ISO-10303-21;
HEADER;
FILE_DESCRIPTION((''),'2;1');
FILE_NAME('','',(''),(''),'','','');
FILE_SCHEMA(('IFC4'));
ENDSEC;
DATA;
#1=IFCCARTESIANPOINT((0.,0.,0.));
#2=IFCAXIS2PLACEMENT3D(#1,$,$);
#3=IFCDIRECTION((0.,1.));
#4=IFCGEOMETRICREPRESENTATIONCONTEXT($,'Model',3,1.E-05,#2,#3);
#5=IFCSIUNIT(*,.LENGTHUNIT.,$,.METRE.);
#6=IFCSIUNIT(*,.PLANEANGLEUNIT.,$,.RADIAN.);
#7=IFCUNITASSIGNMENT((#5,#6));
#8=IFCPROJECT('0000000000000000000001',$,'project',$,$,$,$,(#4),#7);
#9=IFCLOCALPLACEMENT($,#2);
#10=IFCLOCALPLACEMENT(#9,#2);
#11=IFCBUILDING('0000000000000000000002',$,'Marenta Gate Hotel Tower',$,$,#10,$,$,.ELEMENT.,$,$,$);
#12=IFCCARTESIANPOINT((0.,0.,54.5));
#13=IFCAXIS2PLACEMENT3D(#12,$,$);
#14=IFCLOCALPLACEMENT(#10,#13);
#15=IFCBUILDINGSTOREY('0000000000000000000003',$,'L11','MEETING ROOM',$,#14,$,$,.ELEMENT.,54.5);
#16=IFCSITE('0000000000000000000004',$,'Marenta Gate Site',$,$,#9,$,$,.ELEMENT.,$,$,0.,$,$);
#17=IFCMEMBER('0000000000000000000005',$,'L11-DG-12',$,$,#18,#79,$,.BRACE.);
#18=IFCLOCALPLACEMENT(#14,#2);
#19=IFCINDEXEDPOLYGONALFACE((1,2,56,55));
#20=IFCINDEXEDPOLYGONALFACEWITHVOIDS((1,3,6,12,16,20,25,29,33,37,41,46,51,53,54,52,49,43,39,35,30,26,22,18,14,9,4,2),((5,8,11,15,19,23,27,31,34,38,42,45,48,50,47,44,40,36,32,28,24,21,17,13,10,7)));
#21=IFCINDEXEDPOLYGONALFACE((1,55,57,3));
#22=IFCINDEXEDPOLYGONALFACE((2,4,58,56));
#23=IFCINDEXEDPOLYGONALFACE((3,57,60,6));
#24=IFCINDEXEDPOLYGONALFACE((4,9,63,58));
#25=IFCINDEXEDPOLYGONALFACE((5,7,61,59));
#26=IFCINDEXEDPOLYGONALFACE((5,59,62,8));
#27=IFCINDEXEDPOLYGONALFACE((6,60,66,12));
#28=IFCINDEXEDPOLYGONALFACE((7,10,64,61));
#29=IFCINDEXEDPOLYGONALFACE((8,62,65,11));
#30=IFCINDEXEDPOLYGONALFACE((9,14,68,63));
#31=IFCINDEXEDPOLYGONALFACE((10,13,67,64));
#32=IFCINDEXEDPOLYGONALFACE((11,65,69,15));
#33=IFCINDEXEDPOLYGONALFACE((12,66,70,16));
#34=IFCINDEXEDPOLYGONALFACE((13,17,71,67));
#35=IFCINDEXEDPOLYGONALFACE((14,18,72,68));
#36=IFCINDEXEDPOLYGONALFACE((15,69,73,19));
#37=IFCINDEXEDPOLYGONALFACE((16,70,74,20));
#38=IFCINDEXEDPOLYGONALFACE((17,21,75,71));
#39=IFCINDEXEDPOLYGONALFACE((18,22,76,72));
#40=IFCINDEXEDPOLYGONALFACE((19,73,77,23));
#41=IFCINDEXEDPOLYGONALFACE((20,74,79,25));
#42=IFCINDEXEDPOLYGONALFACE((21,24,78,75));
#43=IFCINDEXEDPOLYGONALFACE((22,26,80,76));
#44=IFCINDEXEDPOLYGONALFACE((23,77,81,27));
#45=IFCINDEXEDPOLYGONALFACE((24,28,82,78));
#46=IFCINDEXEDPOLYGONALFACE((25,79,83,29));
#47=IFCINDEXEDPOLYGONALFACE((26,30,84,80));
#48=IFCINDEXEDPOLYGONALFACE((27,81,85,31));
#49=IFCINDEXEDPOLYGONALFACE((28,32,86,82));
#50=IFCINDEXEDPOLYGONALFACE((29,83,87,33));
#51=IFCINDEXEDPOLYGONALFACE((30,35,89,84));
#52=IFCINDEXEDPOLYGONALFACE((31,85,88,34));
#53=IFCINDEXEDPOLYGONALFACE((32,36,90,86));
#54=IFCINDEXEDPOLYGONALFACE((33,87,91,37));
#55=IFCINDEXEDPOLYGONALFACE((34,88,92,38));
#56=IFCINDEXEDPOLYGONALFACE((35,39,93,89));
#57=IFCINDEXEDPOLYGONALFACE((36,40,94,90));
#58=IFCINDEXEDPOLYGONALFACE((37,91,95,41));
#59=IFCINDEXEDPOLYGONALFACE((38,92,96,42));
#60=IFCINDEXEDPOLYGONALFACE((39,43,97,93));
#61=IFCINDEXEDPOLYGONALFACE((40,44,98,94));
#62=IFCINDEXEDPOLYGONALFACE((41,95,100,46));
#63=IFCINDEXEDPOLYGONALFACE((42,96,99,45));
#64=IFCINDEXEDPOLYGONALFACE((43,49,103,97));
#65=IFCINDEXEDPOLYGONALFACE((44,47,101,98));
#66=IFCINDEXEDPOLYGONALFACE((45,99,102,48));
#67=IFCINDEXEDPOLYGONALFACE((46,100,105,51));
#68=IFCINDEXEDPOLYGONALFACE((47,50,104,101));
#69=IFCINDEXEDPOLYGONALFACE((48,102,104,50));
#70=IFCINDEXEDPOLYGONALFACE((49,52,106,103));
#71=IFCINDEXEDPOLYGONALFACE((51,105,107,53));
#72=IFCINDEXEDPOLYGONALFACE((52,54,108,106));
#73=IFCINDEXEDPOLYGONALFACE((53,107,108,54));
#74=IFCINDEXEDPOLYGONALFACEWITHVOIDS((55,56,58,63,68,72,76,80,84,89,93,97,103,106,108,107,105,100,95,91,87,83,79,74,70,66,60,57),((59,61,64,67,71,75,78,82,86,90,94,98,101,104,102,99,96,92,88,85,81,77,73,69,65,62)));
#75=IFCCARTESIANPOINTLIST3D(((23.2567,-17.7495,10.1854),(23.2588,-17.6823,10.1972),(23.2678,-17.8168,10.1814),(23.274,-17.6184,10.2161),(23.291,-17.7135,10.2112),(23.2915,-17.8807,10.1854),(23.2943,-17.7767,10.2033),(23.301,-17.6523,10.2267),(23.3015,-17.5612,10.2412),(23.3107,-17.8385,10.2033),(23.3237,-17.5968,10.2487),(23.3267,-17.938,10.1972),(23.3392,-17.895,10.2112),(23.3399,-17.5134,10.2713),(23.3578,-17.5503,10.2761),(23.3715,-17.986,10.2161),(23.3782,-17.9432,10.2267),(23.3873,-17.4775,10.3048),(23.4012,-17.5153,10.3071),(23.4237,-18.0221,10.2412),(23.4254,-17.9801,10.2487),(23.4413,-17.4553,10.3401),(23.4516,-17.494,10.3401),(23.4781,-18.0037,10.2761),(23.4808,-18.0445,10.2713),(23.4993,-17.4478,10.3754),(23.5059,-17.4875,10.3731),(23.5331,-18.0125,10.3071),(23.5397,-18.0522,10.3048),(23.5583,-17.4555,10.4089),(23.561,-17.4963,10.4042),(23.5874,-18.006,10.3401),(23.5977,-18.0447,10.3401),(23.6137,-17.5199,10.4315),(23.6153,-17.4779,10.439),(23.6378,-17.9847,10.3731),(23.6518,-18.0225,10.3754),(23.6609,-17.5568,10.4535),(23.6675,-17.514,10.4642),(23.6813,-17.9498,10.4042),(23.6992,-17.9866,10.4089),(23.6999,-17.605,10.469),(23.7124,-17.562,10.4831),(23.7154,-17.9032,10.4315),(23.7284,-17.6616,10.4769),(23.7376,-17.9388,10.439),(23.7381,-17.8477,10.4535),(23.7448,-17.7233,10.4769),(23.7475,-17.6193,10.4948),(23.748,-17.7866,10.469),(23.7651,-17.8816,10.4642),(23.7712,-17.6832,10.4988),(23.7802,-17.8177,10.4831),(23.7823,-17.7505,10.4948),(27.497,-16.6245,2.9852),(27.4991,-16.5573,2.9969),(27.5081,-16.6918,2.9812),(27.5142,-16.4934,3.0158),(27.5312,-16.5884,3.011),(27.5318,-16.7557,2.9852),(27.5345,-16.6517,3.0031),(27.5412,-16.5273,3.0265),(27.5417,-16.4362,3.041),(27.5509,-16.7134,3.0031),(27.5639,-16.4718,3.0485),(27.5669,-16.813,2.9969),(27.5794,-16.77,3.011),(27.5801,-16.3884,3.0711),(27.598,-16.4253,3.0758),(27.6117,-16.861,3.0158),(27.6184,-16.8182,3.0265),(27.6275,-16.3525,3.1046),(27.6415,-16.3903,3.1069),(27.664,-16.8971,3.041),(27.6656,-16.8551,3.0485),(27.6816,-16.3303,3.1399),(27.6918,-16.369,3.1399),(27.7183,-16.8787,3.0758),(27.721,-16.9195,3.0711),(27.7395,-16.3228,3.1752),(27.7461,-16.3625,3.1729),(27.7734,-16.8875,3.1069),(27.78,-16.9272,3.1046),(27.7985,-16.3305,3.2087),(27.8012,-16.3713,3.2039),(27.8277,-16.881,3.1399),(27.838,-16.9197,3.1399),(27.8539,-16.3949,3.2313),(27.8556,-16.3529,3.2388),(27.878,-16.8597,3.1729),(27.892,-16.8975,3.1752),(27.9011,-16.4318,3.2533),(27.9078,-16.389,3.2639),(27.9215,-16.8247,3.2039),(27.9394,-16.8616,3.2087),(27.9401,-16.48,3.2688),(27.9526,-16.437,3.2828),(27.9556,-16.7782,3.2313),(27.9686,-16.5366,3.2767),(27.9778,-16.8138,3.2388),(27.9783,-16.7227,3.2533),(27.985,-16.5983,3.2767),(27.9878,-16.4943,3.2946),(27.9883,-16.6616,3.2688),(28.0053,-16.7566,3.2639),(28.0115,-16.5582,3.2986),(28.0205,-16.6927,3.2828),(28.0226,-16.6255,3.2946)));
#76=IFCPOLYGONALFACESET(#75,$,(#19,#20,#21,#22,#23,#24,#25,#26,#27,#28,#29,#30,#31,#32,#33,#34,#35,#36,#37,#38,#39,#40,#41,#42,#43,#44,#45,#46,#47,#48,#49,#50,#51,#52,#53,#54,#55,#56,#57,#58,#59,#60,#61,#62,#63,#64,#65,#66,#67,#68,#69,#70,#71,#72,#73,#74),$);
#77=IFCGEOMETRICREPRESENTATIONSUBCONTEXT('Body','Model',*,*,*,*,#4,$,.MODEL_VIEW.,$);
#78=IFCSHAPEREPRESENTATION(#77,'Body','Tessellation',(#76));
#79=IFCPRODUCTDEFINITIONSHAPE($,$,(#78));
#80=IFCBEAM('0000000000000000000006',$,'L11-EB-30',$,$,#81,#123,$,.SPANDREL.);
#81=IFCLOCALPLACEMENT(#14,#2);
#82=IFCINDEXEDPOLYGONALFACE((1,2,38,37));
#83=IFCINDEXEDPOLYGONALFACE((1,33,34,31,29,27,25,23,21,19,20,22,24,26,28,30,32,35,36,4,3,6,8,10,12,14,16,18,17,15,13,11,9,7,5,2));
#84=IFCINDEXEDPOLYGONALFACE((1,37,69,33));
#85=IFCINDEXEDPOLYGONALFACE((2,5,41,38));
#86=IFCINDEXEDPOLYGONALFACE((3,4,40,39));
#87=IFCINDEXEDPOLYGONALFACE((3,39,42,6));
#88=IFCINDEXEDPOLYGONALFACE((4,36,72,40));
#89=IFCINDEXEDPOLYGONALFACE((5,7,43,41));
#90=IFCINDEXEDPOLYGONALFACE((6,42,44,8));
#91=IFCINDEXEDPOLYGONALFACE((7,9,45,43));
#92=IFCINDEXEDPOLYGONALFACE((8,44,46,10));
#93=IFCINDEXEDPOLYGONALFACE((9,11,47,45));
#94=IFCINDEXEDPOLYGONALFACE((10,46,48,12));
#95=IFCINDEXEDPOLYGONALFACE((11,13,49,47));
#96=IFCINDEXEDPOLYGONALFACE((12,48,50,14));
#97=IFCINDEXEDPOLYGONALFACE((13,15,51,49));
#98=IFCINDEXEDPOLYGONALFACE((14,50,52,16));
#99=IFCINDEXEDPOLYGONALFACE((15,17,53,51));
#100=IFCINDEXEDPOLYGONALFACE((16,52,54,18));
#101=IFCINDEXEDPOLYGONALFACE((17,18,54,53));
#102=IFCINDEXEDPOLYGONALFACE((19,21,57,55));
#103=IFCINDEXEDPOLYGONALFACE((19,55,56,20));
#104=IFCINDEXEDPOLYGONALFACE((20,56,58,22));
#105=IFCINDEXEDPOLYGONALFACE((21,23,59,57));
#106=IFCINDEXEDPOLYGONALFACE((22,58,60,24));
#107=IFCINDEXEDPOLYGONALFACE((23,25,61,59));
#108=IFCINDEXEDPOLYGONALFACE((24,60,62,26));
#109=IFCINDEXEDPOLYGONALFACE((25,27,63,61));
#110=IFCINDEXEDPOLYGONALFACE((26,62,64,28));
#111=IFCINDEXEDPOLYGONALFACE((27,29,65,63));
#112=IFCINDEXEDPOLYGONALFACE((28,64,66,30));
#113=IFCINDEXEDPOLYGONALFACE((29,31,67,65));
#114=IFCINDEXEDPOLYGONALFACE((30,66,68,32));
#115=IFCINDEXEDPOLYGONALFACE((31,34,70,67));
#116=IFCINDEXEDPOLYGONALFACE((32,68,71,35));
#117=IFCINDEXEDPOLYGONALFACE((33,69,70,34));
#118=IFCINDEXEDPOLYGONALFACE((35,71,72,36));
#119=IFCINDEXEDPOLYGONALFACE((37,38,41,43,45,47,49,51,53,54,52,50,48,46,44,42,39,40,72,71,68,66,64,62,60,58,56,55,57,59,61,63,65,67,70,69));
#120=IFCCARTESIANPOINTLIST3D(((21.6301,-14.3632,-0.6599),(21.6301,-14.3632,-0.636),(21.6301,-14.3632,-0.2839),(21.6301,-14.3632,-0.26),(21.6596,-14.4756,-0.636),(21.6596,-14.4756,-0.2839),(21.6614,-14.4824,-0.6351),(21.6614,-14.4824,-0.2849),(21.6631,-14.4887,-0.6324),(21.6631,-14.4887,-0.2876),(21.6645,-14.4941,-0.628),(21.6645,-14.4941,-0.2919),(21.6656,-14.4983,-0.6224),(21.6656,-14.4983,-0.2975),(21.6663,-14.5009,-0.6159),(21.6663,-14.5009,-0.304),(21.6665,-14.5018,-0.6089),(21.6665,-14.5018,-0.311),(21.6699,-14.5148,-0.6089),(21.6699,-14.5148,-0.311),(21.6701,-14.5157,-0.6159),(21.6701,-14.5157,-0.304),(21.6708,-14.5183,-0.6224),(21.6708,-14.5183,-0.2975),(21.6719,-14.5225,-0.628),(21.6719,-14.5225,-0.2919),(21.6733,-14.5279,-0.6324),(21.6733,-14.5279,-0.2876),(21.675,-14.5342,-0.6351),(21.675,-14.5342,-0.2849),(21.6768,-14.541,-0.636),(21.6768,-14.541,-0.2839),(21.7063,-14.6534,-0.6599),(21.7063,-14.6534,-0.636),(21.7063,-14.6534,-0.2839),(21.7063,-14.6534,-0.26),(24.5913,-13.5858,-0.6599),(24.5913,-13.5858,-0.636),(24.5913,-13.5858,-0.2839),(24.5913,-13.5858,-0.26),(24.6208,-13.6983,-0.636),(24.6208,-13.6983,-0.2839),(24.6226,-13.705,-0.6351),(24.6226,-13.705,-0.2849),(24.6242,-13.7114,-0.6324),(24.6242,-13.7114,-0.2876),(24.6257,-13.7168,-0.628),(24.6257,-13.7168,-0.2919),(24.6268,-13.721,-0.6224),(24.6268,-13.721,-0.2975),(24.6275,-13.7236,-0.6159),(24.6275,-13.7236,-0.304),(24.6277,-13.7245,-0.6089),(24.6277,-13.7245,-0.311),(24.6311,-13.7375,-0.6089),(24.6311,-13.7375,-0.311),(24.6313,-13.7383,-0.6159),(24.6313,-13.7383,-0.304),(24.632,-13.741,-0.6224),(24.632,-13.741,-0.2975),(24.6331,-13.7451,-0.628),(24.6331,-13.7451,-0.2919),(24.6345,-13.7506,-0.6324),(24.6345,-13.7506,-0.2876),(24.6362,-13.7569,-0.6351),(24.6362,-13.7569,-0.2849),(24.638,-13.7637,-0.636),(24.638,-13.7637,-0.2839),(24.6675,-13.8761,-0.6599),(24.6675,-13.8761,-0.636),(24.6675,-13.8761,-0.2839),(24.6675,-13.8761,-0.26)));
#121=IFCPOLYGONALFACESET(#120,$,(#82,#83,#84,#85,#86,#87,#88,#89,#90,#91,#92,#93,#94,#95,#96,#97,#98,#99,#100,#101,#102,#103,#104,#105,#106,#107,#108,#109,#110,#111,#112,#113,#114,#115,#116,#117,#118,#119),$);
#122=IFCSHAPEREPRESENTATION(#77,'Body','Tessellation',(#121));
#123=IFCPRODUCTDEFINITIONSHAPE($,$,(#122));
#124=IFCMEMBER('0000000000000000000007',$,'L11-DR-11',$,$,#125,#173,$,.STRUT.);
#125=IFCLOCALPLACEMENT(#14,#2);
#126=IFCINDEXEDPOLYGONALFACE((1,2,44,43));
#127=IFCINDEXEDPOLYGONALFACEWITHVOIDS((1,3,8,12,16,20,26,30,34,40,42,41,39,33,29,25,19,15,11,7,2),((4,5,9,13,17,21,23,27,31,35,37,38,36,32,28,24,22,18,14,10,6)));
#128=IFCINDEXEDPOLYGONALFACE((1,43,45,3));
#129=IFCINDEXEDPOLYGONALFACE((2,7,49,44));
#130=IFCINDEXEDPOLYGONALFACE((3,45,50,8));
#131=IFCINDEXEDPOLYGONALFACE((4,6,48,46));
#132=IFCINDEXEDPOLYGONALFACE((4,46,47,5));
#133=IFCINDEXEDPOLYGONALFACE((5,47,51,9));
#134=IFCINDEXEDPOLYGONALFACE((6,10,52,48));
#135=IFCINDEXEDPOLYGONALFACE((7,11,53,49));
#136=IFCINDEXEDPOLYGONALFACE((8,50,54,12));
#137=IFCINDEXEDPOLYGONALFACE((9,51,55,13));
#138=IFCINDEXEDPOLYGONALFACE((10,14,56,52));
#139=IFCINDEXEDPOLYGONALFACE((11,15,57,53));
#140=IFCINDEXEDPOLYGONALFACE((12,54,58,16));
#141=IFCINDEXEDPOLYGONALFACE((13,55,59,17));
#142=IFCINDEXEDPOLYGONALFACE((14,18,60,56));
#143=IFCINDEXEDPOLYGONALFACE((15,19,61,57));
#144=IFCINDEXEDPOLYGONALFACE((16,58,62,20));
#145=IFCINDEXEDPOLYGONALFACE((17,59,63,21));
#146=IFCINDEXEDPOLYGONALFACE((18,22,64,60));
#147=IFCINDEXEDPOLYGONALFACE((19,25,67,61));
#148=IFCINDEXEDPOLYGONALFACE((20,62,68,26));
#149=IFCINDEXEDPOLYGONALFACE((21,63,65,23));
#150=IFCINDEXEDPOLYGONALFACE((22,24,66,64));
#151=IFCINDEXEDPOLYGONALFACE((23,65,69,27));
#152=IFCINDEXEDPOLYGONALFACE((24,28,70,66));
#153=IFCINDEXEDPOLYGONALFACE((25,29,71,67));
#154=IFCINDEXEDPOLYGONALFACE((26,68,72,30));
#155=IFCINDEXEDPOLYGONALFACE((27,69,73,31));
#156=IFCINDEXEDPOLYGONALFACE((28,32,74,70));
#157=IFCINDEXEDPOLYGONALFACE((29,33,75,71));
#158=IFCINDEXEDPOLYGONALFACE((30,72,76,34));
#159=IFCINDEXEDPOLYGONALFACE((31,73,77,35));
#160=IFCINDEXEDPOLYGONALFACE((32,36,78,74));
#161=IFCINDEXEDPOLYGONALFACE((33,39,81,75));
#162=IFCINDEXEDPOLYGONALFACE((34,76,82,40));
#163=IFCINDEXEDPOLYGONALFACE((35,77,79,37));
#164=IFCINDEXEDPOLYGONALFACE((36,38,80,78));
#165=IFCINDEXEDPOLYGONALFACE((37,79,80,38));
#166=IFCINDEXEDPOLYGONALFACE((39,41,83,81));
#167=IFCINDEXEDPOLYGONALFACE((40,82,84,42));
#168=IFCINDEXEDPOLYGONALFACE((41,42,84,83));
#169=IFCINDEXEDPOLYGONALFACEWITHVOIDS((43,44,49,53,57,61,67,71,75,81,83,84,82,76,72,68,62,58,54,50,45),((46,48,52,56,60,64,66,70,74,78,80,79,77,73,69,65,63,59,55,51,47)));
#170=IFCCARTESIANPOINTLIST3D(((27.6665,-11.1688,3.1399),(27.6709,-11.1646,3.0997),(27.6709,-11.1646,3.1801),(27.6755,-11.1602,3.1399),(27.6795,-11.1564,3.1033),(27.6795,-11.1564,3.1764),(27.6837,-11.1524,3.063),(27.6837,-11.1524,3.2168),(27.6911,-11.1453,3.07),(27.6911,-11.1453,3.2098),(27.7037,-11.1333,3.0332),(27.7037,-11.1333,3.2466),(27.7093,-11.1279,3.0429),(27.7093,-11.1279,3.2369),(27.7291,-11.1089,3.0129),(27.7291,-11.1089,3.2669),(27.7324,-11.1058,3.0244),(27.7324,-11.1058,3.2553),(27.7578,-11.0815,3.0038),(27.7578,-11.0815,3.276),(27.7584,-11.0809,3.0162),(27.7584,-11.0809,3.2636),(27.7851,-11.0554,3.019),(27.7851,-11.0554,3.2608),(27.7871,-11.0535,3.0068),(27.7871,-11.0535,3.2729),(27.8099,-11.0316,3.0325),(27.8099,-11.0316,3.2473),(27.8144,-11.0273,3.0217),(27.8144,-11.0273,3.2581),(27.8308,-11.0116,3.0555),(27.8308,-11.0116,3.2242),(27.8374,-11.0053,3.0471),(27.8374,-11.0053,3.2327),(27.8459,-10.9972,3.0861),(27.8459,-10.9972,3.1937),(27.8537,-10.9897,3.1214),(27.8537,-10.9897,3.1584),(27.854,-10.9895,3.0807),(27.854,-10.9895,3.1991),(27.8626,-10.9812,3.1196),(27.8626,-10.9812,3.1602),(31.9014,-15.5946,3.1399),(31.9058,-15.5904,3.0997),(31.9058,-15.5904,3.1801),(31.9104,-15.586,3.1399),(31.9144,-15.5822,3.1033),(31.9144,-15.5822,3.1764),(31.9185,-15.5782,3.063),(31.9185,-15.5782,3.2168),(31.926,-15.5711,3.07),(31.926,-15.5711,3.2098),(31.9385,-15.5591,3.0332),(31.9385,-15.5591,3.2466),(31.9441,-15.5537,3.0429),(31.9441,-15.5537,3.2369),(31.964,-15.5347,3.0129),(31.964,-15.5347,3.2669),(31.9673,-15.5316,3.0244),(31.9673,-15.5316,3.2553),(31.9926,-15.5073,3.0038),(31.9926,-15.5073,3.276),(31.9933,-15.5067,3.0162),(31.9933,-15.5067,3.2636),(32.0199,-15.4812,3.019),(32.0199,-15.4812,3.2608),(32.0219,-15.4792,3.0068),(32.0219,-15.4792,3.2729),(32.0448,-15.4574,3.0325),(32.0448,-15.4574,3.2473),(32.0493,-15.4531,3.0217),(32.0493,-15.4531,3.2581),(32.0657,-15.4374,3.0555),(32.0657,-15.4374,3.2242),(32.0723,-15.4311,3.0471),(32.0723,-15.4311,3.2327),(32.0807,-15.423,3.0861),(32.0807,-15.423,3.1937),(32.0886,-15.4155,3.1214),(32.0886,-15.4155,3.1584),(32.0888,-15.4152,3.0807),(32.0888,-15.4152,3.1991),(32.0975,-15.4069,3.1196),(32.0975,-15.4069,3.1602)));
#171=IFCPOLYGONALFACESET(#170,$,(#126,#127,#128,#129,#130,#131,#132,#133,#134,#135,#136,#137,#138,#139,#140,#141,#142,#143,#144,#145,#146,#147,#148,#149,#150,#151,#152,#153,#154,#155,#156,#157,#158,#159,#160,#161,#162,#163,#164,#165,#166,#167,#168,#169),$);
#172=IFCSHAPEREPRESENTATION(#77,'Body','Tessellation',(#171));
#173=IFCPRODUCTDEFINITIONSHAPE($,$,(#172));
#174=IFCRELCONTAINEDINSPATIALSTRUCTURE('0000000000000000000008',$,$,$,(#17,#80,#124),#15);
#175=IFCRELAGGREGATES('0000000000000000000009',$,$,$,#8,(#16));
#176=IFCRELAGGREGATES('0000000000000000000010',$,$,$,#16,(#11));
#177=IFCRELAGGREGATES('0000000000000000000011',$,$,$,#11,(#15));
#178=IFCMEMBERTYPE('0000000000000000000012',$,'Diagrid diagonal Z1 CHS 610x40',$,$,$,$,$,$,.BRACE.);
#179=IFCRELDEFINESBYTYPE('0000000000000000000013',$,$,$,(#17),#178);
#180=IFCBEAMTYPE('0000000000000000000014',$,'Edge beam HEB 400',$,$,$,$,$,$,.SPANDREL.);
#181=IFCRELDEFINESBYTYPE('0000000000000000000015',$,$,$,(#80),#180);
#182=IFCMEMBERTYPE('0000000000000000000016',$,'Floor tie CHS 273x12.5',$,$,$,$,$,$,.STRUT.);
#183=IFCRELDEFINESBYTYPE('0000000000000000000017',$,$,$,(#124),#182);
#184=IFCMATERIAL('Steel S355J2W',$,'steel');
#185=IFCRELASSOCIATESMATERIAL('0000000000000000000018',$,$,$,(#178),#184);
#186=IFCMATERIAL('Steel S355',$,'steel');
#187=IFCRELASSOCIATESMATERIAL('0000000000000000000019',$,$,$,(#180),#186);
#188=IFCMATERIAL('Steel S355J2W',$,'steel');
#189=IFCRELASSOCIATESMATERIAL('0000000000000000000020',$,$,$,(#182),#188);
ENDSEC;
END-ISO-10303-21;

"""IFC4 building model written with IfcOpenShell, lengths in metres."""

from ifc_helpers import new_model, si_unit, direction, frame, origin, origin_2d, place, context, subcontext, project, spatial, hollow_circle, i_section, extrude, material, material_profile, profile_set, type_object, element, save


model = new_model("IFC4")

# Units and contexts
model_context = context("Model", 3, precision=1e-05, world=origin(), true_north=direction((0.0, 1.0)))
body_context = subcontext(model_context, "Body", "Model", "MODEL_VIEW")
ifc_project = project(units=[si_unit("LENGTHUNIT", "METRE"), si_unit("PLANEANGLEUNIT", "RADIAN")], contexts=[model_context])

# Site, building, storey
site_placement = place(None, origin())
site = spatial("IfcSite", under=ifc_project, at=site_placement, Name="Marenta Gate Site", CompositionType="ELEMENT", RefElevation=0.0)
building_placement = place(site_placement, origin())
building = spatial("IfcBuilding", under=site, at=building_placement, Name="Marenta Gate Hotel Tower", CompositionType="ELEMENT")
storey_placement = place(building_placement, frame((0.0, 0.0, 54.5)))
storey = spatial("IfcBuildingStorey", under=building, at=storey_placement, Name="L11", Description="MEETING ROOM", CompositionType="ELEMENT", Elevation=54.5)

# Member
ifc_material_1 = material(Name="Steel S355J2W", Category="steel")
ifc_material_profile_1 = material_profile(ifc_material_1, hollow_circle(Radius=0.3049, WallThickness=0.04, at=origin_2d()), Name="CHS 610x40")
ifc_profile_set_1 = profile_set([ifc_material_profile_1], Name="Steel S355J2W")
member_type_1 = type_object("IfcMemberType", Name="Diagrid diagonal Z1 CHS 610x40", PredefinedType="BRACE", material=ifc_profile_set_1)
for number, where, z_axis, x_axis, name in (
    (1, (27.7598, -16.625, 3.1399), (-0.502912, -0.13343, 0.853977), (0.256443, -0.966559, 0.0), "L11-DG-12"),
):
    element("IfcMember", number, at=place(storey_placement, frame(where, z_axis=z_axis, x_axis=x_axis)), inside=storey, type_object=member_type_1, Name=name, PredefinedType="BRACE", context=body_context, shape_type="SweptSolid", body=[
        extrude(hollow_circle(Radius=0.3049, WallThickness=0.04, at=origin_2d()), origin(), (0.0, 0.0, 1.0), 8.4314),
    ])

# Beam
ifc_material_2 = material(Name="Steel S355", Category="steel")
ifc_material_profile_2 = material_profile(ifc_material_2, i_section(OverallWidth=0.3, OverallDepth=0.3999, WebThickness=0.0134, FlangeThickness=0.0239, FilletRadius=0.0271, at=origin_2d()), Name="HEB 400")
ifc_profile_set_2 = profile_set([ifc_material_profile_2], Name="Steel S355")
beam_type = type_object("IfcBeamType", Name="Edge beam HEB 400", PredefinedType="SPANDREL", material=ifc_profile_set_2)
beam_placement = place(storey_placement, frame((24.6294, -13.731, -0.46), z_axis=(-0.967228, -0.253908, 0.0), x_axis=(0.253908, -0.967228, 0.0)))
element("IfcBeam", 2, at=beam_placement, inside=storey, type_object=beam_type, Name="L11-EB-30", PredefinedType="SPANDREL", context=body_context, shape_type="SweptSolid", body=[
    extrude(i_section(OverallWidth=0.3, OverallDepth=0.3999, WebThickness=0.0134, FlangeThickness=0.0239, FilletRadius=0.0271, at=origin_2d()), origin(), (0.0, 0.0, 1.0), 3.0615),
])

# Member
ifc_material_3 = material(Name="Steel S355J2W", Category="steel")
ifc_material_profile_3 = material_profile(ifc_material_3, hollow_circle(Radius=0.1365, WallThickness=0.0125, at=origin_2d()), Name="CHS 273x12.5")
ifc_profile_set_3 = profile_set([ifc_material_profile_3], Name="Steel S355J2W")
member_type_2 = type_object("IfcMemberType", Name="Floor tie CHS 273x12.5", PredefinedType="STRUT", material=ifc_profile_set_3)
member_1_placement = place(storey_placement, frame((32.0, -15.5002, 3.1399), z_axis=(-0.691351, 0.722519, 0.0), x_axis=(-0.722519, -0.691351, 0.0)))
element("IfcMember", 3, at=member_1_placement, inside=storey, type_object=member_type_2, Name="L11-DR-11", PredefinedType="STRUT", context=body_context, shape_type="SweptSolid", body=[
    extrude(hollow_circle(Radius=0.1365, WallThickness=0.0125, at=origin_2d()), origin(), (0.0, 0.0, 1.0), 6.1255),
])

save(model, "model.ifc")
